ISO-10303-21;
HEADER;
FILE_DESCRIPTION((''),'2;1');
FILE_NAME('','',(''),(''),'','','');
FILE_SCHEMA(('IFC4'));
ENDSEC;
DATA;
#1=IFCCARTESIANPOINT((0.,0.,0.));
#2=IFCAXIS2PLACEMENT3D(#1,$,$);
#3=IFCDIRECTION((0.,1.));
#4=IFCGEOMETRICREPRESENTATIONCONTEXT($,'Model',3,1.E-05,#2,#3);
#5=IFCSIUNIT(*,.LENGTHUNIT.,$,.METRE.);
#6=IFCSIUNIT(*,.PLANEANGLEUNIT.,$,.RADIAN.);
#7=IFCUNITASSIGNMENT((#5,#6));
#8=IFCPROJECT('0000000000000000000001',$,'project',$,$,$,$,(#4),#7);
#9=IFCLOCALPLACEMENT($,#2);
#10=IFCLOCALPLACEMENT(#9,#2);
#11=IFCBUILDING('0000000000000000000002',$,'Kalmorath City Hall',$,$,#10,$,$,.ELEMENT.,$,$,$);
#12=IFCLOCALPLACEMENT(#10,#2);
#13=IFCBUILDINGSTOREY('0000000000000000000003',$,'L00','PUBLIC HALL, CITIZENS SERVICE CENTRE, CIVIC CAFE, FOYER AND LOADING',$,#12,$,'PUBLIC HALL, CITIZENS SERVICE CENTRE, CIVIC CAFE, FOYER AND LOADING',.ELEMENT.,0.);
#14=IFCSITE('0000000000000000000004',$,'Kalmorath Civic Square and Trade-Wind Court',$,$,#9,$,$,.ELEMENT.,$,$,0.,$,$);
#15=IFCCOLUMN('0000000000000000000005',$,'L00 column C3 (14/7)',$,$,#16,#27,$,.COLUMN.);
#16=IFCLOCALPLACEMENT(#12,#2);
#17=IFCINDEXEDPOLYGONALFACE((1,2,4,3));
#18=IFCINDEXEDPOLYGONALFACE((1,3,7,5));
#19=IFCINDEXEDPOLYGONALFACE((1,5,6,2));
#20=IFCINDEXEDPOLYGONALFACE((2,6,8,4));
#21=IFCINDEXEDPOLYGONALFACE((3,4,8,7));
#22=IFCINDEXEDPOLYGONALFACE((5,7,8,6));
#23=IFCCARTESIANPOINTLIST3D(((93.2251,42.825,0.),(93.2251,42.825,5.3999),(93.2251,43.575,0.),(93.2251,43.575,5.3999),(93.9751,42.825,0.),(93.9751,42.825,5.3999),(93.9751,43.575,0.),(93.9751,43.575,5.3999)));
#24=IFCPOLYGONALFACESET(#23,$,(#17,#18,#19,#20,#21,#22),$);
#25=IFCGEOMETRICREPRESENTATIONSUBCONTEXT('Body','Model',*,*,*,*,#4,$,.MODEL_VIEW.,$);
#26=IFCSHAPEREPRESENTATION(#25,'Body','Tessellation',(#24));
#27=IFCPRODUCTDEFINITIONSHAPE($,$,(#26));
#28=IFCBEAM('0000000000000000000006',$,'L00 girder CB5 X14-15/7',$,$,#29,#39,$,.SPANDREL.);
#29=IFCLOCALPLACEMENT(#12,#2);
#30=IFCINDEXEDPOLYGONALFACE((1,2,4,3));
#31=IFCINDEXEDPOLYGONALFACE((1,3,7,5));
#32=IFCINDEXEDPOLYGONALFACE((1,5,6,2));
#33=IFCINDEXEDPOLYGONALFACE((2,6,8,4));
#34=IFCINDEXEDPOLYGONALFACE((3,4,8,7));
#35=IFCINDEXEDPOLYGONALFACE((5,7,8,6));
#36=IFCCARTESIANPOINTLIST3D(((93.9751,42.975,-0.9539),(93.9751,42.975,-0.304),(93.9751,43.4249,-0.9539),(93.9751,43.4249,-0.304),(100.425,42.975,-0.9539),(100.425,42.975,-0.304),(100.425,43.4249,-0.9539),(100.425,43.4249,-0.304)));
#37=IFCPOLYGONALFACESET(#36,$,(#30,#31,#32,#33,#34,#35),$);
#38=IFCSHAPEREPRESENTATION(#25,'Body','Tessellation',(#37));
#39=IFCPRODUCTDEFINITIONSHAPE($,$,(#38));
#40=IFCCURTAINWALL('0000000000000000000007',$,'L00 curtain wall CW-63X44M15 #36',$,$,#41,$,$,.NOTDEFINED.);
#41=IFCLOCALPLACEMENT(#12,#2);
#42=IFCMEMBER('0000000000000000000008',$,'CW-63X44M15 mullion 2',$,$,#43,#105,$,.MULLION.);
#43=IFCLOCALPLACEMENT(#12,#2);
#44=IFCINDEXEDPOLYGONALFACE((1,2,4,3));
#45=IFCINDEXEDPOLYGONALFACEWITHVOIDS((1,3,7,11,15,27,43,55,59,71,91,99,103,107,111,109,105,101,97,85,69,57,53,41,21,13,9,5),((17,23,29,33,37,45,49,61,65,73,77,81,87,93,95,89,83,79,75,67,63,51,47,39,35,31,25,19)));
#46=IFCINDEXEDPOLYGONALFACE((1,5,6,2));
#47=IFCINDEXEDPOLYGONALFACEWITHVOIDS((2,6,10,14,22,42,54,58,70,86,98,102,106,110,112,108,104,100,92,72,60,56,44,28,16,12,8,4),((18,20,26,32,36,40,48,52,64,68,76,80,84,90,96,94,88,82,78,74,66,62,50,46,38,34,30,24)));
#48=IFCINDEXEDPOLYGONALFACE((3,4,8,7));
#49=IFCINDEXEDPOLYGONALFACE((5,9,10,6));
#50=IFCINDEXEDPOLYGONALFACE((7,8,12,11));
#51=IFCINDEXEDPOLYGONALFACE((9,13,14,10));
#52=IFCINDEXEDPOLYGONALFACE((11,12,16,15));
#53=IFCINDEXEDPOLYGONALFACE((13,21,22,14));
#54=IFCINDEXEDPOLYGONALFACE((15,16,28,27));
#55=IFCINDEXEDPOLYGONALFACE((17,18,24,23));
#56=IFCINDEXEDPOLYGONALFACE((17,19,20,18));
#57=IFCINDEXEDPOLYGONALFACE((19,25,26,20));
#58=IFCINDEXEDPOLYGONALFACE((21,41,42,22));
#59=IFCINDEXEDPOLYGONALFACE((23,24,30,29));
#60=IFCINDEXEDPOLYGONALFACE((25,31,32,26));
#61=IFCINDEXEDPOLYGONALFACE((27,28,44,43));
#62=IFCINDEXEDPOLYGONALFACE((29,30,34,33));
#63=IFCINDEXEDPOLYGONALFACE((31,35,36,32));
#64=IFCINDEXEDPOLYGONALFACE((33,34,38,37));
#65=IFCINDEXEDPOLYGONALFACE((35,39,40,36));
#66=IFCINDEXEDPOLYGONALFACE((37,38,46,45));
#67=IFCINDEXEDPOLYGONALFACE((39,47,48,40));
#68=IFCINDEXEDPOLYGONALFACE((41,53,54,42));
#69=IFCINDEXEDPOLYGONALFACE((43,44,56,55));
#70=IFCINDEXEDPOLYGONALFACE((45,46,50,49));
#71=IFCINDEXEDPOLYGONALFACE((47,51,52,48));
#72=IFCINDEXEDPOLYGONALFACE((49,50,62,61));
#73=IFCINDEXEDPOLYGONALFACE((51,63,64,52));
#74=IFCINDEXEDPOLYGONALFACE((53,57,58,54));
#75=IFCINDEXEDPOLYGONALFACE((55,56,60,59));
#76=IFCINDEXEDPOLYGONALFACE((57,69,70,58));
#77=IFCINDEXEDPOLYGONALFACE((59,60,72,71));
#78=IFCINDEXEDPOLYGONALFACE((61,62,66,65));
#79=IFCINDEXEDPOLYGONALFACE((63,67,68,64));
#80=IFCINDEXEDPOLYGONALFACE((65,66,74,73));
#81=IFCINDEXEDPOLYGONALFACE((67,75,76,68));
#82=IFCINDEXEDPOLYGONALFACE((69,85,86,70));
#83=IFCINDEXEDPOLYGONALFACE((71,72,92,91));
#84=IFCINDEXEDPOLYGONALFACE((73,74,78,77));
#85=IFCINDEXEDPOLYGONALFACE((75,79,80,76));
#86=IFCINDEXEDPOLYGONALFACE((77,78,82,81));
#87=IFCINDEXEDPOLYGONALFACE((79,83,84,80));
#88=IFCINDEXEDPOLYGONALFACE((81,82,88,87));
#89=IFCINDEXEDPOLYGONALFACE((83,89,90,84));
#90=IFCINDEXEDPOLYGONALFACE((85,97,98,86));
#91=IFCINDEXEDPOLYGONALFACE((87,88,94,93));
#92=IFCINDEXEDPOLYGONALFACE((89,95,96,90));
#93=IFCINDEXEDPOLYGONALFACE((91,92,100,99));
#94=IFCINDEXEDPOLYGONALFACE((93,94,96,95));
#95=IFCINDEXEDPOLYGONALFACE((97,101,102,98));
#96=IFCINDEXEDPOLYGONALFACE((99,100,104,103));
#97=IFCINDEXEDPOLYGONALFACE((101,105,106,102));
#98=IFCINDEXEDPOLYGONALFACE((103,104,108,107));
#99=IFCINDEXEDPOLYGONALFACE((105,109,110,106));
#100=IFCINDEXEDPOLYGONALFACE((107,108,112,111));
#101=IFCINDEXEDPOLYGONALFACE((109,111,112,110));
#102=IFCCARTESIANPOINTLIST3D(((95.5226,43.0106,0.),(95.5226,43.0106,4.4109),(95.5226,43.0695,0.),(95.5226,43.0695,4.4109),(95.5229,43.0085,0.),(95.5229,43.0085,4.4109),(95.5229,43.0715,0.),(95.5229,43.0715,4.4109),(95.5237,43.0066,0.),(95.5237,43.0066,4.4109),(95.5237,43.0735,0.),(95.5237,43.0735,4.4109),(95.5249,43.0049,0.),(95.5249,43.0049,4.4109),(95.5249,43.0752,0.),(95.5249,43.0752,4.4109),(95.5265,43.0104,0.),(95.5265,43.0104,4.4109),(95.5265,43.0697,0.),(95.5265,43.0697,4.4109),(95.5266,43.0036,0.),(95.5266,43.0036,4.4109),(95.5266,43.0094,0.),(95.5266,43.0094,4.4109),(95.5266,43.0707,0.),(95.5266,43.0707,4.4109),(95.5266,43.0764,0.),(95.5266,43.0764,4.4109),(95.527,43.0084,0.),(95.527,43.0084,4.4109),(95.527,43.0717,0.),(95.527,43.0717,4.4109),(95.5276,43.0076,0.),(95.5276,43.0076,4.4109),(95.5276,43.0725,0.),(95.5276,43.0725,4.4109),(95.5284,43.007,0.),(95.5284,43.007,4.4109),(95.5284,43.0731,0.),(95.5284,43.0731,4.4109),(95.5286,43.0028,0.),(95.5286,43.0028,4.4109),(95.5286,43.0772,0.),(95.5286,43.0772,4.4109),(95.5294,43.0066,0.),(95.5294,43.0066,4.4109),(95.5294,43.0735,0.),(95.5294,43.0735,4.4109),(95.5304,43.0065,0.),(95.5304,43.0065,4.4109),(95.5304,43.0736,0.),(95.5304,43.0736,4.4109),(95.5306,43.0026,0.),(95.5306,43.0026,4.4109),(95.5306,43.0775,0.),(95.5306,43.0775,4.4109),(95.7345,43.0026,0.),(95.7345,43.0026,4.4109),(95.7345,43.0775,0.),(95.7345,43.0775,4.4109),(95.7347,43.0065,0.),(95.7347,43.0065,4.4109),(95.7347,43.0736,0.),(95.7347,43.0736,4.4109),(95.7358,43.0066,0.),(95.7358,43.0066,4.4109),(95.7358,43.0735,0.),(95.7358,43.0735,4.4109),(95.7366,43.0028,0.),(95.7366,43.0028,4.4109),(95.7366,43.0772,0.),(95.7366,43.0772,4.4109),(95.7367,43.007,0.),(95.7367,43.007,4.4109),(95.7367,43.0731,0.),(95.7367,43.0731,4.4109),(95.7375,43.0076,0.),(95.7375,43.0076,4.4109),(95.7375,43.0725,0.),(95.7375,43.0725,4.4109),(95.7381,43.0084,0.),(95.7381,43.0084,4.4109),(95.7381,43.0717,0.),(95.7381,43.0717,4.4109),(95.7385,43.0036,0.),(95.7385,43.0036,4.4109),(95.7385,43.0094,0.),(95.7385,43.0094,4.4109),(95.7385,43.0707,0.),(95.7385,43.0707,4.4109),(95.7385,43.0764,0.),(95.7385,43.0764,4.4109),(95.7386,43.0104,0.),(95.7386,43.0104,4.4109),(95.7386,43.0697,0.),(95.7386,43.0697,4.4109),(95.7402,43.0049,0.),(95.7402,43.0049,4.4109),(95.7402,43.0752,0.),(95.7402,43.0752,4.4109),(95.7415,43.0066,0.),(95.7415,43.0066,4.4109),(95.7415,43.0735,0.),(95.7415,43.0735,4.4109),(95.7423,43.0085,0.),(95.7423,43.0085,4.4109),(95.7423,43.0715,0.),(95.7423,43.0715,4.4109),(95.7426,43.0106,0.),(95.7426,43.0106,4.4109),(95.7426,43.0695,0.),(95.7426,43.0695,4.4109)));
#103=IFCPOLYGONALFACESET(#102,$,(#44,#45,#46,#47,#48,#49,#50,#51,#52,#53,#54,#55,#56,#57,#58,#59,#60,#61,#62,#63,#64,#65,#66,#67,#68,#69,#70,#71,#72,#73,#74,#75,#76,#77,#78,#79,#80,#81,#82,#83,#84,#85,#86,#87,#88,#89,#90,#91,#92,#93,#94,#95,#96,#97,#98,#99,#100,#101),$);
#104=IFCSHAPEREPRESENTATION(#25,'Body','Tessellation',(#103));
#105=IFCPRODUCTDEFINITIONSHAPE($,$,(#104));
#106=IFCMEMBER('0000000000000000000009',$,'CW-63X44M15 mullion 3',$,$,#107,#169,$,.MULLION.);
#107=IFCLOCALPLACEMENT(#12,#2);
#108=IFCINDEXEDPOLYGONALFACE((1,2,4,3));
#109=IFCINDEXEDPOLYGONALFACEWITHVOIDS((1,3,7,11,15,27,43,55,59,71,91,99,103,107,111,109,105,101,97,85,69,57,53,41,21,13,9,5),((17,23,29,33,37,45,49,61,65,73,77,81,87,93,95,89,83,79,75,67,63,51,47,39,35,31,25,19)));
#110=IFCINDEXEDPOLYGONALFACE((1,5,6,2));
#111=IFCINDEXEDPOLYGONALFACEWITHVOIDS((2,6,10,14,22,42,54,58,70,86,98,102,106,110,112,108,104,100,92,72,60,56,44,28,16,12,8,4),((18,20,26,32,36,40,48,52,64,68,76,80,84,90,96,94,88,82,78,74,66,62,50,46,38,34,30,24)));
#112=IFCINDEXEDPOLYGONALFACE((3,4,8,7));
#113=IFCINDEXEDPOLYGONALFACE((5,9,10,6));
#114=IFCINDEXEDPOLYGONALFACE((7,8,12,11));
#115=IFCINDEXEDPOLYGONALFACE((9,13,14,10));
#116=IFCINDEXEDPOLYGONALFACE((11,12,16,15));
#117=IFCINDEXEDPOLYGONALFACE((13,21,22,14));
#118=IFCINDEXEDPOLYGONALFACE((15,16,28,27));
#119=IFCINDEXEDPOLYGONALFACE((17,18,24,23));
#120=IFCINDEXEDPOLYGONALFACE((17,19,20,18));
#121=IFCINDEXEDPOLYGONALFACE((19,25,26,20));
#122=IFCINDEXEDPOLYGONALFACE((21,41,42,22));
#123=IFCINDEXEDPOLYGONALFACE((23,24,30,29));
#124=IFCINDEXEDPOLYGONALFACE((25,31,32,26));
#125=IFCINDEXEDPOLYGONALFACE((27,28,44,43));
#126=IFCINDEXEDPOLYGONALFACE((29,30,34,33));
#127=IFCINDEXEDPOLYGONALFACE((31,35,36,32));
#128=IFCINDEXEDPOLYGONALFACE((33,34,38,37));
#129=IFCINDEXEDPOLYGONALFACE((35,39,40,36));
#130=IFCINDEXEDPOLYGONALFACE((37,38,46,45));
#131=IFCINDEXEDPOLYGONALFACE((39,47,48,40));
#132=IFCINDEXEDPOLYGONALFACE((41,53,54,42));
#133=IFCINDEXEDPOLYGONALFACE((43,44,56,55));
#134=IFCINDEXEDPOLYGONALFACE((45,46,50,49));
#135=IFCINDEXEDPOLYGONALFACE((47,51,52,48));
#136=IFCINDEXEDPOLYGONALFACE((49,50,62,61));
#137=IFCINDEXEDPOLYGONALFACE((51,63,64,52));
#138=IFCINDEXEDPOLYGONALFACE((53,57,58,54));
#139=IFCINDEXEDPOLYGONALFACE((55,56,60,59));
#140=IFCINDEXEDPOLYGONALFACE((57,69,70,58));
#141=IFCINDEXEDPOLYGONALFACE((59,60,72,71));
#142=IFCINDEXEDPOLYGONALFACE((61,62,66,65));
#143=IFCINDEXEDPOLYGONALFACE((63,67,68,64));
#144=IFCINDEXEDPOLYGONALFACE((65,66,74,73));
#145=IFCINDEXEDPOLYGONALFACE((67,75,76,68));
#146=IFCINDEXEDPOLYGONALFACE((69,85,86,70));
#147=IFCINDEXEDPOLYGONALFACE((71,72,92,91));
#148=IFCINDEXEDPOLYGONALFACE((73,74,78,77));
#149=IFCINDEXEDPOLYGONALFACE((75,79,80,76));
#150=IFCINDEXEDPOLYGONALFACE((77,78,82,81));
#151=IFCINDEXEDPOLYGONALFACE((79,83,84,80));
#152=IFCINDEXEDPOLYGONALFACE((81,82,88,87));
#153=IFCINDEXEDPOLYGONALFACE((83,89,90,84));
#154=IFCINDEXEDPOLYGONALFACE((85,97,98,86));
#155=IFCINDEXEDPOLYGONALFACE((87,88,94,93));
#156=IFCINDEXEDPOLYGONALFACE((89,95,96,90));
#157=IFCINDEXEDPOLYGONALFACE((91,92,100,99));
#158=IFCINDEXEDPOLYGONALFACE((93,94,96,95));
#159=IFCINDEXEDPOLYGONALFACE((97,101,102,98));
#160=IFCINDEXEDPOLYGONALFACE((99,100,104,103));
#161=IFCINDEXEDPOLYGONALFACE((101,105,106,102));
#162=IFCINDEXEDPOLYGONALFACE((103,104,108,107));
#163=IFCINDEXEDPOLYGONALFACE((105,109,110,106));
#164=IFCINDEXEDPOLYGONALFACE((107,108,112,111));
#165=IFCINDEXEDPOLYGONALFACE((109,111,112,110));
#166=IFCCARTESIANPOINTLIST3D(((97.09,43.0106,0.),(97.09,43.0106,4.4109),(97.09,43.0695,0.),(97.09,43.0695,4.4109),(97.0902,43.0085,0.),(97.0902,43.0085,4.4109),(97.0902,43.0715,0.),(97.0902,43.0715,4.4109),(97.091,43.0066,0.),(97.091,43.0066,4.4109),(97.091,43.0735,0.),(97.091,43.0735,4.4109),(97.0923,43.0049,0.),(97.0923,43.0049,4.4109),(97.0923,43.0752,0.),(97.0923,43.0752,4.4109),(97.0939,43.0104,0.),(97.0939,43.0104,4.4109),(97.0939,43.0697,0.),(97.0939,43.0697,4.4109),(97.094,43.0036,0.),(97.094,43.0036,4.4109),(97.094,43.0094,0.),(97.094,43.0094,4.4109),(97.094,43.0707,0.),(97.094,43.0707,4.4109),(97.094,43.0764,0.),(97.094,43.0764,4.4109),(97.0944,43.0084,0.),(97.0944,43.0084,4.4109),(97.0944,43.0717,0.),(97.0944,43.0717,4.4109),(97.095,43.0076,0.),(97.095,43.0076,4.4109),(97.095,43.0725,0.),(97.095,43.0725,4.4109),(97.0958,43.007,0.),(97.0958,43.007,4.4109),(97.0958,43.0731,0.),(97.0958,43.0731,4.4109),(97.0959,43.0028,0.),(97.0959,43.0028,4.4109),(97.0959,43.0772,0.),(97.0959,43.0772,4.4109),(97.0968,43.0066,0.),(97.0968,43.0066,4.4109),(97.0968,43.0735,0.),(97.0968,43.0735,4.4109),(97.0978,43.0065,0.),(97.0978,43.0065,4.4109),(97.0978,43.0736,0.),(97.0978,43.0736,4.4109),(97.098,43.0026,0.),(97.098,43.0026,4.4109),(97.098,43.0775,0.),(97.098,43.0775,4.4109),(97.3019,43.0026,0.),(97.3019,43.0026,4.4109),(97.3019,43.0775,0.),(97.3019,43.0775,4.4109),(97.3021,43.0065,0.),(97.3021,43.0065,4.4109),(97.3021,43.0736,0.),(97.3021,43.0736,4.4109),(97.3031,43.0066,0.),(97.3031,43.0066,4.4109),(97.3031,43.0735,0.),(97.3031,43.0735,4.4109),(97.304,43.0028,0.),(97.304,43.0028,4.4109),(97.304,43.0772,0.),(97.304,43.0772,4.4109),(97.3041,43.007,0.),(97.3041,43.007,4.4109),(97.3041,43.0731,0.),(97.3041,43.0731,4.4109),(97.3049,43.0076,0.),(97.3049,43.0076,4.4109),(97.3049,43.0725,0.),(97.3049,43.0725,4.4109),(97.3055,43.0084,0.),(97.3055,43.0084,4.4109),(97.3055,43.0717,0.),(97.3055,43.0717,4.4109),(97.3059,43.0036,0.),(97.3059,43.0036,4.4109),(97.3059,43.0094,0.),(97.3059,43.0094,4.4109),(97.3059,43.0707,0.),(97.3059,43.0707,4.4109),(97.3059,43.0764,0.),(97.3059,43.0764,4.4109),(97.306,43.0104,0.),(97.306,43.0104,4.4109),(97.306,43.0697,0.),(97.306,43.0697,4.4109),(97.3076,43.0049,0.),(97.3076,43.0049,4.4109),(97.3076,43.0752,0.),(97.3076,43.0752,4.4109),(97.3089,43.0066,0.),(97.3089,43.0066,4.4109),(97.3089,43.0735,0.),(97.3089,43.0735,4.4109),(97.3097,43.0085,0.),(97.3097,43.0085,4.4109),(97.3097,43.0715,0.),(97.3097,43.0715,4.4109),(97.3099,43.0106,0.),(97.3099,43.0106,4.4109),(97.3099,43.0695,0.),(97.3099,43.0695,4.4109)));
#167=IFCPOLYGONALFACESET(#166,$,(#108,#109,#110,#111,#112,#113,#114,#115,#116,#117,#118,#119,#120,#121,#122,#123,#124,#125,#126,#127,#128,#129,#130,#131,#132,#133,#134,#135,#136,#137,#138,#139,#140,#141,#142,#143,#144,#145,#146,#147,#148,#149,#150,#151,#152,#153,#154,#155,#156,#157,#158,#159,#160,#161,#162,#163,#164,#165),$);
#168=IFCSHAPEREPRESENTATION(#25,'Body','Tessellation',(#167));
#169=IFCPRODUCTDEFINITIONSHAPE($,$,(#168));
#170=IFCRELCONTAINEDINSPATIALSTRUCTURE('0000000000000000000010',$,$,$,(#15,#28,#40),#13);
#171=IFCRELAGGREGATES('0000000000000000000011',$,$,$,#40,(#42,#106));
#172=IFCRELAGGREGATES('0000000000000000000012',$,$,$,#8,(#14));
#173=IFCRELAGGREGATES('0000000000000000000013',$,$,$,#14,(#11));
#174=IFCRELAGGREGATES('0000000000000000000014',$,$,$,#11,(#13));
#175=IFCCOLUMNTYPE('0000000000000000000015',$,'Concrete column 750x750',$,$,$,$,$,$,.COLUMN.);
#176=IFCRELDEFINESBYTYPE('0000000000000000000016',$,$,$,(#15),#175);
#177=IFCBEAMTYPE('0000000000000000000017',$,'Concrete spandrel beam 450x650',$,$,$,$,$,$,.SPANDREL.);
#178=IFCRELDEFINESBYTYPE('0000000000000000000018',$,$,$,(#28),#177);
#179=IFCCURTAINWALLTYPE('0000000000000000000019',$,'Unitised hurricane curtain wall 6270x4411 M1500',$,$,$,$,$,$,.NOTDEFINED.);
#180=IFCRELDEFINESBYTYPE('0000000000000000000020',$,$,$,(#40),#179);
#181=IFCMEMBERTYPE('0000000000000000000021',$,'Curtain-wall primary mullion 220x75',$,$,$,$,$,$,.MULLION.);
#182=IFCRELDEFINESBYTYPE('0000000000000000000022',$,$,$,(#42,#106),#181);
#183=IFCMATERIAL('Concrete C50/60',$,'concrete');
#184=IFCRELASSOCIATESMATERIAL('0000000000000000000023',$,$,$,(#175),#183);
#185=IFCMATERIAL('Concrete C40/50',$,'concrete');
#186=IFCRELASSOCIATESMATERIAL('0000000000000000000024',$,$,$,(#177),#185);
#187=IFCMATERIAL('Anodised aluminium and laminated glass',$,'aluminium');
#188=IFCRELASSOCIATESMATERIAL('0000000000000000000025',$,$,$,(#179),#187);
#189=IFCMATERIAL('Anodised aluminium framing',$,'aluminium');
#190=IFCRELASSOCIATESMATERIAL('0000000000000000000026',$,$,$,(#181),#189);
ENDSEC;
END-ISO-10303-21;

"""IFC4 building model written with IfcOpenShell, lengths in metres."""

from ifc_helpers import new_model, si_unit, direction, frame, origin, origin_2d, place, context, subcontext, project, spatial, rectangle, hollow_rectangle, extrude, material, material_profile, profile_set, type_object, element, aggregate, save


model = new_model("IFC4")

# Units and contexts
model_context = context("Model", 3, precision=1e-05, world=origin(), true_north=direction((0.0, 1.0)))
body_context = subcontext(model_context, "Body", "Model", "MODEL_VIEW")
ifc_project = project(units=[si_unit("LENGTHUNIT", "METRE"), si_unit("PLANEANGLEUNIT", "RADIAN")], contexts=[model_context])

# Site, building, storey
site_placement = place(None, origin())
site = spatial("IfcSite", under=ifc_project, at=site_placement, Name="Kalmorath Civic Square and Trade-Wind Court", CompositionType="ELEMENT", RefElevation=0.0)
building_placement = place(site_placement, origin())
building = spatial("IfcBuilding", under=site, at=building_placement, Name="Kalmorath City Hall", CompositionType="ELEMENT")
storey_placement = place(building_placement, origin())
storey = spatial("IfcBuildingStorey", under=building, at=storey_placement, Name="L00", Description="PUBLIC HALL, CITIZENS SERVICE CENTRE, CIVIC CAFE, FOYER AND LOADING", LongName="PUBLIC HALL, CITIZENS SERVICE CENTRE, CIVIC CAFE, FOYER AND LOADING", CompositionType="ELEMENT", Elevation=0.0)

# Column
ifc_material_1 = material(Name="Concrete C50/60", Category="concrete")
ifc_material_profile_1 = material_profile(ifc_material_1, rectangle(XDim=0.75, YDim=0.75, at=origin_2d()), Name="RC-COL-750X750")
ifc_profile_set_1 = profile_set([ifc_material_profile_1], Name="Concrete C50/60")
column_type = type_object("IfcColumnType", Name="Concrete column 750x750", PredefinedType="COLUMN", material=ifc_profile_set_1)
column_placement = place(storey_placement, frame((93.6001, 43.2, 0.0), z_axis=(0.0, 0.0, 1.0), x_axis=(1.0, 0.0, 0.0)))
element("IfcColumn", 1, at=column_placement, inside=storey, type_object=column_type, Name="L00 column C3 (14/7)", PredefinedType="COLUMN", context=body_context, shape_type="SweptSolid", body=[
    extrude(rectangle(XDim=0.75, YDim=0.75, at=origin_2d()), origin(), (0.0, 0.0, 1.0), 5.3999),
])

# Beam
ifc_material_2 = material(Name="Concrete C40/50", Category="concrete")
ifc_material_profile_2 = material_profile(ifc_material_2, rectangle(XDim=0.45, YDim=0.6499, at=origin_2d()), Name="RC-BM-450X650")
ifc_profile_set_2 = profile_set([ifc_material_profile_2], Name="Concrete C40/50")
beam_type = type_object("IfcBeamType", Name="Concrete spandrel beam 450x650", PredefinedType="SPANDREL", material=ifc_profile_set_2)
beam_placement = place(storey_placement, frame((93.9751, 43.2, -0.6289), z_axis=(1.0, 0.0, 0.0), x_axis=(0.0, 1.0, 0.0)))
element("IfcBeam", 2, at=beam_placement, inside=storey, type_object=beam_type, Name="L00 girder CB5 X14-15/7", PredefinedType="SPANDREL", context=body_context, shape_type="SweptSolid", body=[
    extrude(rectangle(XDim=0.45, YDim=0.6499, at=origin_2d()), origin(), (0.0, 0.0, 1.0), 6.45),
])

# Curtain wall, members
ifc_material_3 = material(Name="Anodised aluminium and laminated glass", Category="aluminium")
curtain_wall_type = type_object("IfcCurtainWallType", Name="Unitised hurricane curtain wall 6270x4411 M1500", PredefinedType="NOTDEFINED", material=ifc_material_3)
curtain_wall_placement = place(storey_placement, origin())
curtain_wall = element("IfcCurtainWall", 3, at=curtain_wall_placement, inside=storey, type_object=curtain_wall_type, Name="L00 curtain wall CW-63X44M15 #36", PredefinedType="NOTDEFINED")
ifc_material_4 = material(Name="Anodised aluminium framing", Category="aluminium")
ifc_material_profile_3 = material_profile(ifc_material_4, hollow_rectangle(XDim=0.075, YDim=0.22, WallThickness=0.0039, InnerFilletRadius=0.0039, OuterFilletRadius=0.0081, at=origin_2d()), Name="ALU-MUL-220X75X4")
ifc_profile_set_3 = profile_set([ifc_material_profile_3], Name="Anodised aluminium framing")
member_type_1 = type_object("IfcMemberType", Name="Curtain-wall primary mullion 220x75", PredefinedType="MULLION", material=ifc_profile_set_3)
member_1_placement = place(storey_placement, frame((95.6326, 43.04, 0.0), z_axis=(0.0, 0.0, 1.0), x_axis=(0.0, 1.0, 0.0)))
member_1 = element("IfcMember", 4, at=member_1_placement, type_object=member_type_1, Name="CW-63X44M15 mullion 2", PredefinedType="MULLION", context=body_context, shape_type="SweptSolid", body=[
    extrude(hollow_rectangle(XDim=0.075, YDim=0.22, WallThickness=0.0039, InnerFilletRadius=0.0039, OuterFilletRadius=0.0081, at=origin_2d()), origin(), (0.0, 0.0, 1.0), 4.4109),
])
member_2_placement = place(storey_placement, frame((97.2, 43.04, 0.0), z_axis=(0.0, 0.0, 1.0), x_axis=(0.0, 1.0, 0.0)))
member_2 = element("IfcMember", 5, at=member_2_placement, type_object=member_type_1, Name="CW-63X44M15 mullion 3", PredefinedType="MULLION", context=body_context, shape_type="SweptSolid", body=[
    extrude(hollow_rectangle(XDim=0.075, YDim=0.22, WallThickness=0.0039, InnerFilletRadius=0.0039, OuterFilletRadius=0.0081, at=origin_2d()), origin(), (0.0, 0.0, 1.0), 4.4109),
])
aggregate(curtain_wall, [member_1, member_2])

save(model, "model.ifc")
